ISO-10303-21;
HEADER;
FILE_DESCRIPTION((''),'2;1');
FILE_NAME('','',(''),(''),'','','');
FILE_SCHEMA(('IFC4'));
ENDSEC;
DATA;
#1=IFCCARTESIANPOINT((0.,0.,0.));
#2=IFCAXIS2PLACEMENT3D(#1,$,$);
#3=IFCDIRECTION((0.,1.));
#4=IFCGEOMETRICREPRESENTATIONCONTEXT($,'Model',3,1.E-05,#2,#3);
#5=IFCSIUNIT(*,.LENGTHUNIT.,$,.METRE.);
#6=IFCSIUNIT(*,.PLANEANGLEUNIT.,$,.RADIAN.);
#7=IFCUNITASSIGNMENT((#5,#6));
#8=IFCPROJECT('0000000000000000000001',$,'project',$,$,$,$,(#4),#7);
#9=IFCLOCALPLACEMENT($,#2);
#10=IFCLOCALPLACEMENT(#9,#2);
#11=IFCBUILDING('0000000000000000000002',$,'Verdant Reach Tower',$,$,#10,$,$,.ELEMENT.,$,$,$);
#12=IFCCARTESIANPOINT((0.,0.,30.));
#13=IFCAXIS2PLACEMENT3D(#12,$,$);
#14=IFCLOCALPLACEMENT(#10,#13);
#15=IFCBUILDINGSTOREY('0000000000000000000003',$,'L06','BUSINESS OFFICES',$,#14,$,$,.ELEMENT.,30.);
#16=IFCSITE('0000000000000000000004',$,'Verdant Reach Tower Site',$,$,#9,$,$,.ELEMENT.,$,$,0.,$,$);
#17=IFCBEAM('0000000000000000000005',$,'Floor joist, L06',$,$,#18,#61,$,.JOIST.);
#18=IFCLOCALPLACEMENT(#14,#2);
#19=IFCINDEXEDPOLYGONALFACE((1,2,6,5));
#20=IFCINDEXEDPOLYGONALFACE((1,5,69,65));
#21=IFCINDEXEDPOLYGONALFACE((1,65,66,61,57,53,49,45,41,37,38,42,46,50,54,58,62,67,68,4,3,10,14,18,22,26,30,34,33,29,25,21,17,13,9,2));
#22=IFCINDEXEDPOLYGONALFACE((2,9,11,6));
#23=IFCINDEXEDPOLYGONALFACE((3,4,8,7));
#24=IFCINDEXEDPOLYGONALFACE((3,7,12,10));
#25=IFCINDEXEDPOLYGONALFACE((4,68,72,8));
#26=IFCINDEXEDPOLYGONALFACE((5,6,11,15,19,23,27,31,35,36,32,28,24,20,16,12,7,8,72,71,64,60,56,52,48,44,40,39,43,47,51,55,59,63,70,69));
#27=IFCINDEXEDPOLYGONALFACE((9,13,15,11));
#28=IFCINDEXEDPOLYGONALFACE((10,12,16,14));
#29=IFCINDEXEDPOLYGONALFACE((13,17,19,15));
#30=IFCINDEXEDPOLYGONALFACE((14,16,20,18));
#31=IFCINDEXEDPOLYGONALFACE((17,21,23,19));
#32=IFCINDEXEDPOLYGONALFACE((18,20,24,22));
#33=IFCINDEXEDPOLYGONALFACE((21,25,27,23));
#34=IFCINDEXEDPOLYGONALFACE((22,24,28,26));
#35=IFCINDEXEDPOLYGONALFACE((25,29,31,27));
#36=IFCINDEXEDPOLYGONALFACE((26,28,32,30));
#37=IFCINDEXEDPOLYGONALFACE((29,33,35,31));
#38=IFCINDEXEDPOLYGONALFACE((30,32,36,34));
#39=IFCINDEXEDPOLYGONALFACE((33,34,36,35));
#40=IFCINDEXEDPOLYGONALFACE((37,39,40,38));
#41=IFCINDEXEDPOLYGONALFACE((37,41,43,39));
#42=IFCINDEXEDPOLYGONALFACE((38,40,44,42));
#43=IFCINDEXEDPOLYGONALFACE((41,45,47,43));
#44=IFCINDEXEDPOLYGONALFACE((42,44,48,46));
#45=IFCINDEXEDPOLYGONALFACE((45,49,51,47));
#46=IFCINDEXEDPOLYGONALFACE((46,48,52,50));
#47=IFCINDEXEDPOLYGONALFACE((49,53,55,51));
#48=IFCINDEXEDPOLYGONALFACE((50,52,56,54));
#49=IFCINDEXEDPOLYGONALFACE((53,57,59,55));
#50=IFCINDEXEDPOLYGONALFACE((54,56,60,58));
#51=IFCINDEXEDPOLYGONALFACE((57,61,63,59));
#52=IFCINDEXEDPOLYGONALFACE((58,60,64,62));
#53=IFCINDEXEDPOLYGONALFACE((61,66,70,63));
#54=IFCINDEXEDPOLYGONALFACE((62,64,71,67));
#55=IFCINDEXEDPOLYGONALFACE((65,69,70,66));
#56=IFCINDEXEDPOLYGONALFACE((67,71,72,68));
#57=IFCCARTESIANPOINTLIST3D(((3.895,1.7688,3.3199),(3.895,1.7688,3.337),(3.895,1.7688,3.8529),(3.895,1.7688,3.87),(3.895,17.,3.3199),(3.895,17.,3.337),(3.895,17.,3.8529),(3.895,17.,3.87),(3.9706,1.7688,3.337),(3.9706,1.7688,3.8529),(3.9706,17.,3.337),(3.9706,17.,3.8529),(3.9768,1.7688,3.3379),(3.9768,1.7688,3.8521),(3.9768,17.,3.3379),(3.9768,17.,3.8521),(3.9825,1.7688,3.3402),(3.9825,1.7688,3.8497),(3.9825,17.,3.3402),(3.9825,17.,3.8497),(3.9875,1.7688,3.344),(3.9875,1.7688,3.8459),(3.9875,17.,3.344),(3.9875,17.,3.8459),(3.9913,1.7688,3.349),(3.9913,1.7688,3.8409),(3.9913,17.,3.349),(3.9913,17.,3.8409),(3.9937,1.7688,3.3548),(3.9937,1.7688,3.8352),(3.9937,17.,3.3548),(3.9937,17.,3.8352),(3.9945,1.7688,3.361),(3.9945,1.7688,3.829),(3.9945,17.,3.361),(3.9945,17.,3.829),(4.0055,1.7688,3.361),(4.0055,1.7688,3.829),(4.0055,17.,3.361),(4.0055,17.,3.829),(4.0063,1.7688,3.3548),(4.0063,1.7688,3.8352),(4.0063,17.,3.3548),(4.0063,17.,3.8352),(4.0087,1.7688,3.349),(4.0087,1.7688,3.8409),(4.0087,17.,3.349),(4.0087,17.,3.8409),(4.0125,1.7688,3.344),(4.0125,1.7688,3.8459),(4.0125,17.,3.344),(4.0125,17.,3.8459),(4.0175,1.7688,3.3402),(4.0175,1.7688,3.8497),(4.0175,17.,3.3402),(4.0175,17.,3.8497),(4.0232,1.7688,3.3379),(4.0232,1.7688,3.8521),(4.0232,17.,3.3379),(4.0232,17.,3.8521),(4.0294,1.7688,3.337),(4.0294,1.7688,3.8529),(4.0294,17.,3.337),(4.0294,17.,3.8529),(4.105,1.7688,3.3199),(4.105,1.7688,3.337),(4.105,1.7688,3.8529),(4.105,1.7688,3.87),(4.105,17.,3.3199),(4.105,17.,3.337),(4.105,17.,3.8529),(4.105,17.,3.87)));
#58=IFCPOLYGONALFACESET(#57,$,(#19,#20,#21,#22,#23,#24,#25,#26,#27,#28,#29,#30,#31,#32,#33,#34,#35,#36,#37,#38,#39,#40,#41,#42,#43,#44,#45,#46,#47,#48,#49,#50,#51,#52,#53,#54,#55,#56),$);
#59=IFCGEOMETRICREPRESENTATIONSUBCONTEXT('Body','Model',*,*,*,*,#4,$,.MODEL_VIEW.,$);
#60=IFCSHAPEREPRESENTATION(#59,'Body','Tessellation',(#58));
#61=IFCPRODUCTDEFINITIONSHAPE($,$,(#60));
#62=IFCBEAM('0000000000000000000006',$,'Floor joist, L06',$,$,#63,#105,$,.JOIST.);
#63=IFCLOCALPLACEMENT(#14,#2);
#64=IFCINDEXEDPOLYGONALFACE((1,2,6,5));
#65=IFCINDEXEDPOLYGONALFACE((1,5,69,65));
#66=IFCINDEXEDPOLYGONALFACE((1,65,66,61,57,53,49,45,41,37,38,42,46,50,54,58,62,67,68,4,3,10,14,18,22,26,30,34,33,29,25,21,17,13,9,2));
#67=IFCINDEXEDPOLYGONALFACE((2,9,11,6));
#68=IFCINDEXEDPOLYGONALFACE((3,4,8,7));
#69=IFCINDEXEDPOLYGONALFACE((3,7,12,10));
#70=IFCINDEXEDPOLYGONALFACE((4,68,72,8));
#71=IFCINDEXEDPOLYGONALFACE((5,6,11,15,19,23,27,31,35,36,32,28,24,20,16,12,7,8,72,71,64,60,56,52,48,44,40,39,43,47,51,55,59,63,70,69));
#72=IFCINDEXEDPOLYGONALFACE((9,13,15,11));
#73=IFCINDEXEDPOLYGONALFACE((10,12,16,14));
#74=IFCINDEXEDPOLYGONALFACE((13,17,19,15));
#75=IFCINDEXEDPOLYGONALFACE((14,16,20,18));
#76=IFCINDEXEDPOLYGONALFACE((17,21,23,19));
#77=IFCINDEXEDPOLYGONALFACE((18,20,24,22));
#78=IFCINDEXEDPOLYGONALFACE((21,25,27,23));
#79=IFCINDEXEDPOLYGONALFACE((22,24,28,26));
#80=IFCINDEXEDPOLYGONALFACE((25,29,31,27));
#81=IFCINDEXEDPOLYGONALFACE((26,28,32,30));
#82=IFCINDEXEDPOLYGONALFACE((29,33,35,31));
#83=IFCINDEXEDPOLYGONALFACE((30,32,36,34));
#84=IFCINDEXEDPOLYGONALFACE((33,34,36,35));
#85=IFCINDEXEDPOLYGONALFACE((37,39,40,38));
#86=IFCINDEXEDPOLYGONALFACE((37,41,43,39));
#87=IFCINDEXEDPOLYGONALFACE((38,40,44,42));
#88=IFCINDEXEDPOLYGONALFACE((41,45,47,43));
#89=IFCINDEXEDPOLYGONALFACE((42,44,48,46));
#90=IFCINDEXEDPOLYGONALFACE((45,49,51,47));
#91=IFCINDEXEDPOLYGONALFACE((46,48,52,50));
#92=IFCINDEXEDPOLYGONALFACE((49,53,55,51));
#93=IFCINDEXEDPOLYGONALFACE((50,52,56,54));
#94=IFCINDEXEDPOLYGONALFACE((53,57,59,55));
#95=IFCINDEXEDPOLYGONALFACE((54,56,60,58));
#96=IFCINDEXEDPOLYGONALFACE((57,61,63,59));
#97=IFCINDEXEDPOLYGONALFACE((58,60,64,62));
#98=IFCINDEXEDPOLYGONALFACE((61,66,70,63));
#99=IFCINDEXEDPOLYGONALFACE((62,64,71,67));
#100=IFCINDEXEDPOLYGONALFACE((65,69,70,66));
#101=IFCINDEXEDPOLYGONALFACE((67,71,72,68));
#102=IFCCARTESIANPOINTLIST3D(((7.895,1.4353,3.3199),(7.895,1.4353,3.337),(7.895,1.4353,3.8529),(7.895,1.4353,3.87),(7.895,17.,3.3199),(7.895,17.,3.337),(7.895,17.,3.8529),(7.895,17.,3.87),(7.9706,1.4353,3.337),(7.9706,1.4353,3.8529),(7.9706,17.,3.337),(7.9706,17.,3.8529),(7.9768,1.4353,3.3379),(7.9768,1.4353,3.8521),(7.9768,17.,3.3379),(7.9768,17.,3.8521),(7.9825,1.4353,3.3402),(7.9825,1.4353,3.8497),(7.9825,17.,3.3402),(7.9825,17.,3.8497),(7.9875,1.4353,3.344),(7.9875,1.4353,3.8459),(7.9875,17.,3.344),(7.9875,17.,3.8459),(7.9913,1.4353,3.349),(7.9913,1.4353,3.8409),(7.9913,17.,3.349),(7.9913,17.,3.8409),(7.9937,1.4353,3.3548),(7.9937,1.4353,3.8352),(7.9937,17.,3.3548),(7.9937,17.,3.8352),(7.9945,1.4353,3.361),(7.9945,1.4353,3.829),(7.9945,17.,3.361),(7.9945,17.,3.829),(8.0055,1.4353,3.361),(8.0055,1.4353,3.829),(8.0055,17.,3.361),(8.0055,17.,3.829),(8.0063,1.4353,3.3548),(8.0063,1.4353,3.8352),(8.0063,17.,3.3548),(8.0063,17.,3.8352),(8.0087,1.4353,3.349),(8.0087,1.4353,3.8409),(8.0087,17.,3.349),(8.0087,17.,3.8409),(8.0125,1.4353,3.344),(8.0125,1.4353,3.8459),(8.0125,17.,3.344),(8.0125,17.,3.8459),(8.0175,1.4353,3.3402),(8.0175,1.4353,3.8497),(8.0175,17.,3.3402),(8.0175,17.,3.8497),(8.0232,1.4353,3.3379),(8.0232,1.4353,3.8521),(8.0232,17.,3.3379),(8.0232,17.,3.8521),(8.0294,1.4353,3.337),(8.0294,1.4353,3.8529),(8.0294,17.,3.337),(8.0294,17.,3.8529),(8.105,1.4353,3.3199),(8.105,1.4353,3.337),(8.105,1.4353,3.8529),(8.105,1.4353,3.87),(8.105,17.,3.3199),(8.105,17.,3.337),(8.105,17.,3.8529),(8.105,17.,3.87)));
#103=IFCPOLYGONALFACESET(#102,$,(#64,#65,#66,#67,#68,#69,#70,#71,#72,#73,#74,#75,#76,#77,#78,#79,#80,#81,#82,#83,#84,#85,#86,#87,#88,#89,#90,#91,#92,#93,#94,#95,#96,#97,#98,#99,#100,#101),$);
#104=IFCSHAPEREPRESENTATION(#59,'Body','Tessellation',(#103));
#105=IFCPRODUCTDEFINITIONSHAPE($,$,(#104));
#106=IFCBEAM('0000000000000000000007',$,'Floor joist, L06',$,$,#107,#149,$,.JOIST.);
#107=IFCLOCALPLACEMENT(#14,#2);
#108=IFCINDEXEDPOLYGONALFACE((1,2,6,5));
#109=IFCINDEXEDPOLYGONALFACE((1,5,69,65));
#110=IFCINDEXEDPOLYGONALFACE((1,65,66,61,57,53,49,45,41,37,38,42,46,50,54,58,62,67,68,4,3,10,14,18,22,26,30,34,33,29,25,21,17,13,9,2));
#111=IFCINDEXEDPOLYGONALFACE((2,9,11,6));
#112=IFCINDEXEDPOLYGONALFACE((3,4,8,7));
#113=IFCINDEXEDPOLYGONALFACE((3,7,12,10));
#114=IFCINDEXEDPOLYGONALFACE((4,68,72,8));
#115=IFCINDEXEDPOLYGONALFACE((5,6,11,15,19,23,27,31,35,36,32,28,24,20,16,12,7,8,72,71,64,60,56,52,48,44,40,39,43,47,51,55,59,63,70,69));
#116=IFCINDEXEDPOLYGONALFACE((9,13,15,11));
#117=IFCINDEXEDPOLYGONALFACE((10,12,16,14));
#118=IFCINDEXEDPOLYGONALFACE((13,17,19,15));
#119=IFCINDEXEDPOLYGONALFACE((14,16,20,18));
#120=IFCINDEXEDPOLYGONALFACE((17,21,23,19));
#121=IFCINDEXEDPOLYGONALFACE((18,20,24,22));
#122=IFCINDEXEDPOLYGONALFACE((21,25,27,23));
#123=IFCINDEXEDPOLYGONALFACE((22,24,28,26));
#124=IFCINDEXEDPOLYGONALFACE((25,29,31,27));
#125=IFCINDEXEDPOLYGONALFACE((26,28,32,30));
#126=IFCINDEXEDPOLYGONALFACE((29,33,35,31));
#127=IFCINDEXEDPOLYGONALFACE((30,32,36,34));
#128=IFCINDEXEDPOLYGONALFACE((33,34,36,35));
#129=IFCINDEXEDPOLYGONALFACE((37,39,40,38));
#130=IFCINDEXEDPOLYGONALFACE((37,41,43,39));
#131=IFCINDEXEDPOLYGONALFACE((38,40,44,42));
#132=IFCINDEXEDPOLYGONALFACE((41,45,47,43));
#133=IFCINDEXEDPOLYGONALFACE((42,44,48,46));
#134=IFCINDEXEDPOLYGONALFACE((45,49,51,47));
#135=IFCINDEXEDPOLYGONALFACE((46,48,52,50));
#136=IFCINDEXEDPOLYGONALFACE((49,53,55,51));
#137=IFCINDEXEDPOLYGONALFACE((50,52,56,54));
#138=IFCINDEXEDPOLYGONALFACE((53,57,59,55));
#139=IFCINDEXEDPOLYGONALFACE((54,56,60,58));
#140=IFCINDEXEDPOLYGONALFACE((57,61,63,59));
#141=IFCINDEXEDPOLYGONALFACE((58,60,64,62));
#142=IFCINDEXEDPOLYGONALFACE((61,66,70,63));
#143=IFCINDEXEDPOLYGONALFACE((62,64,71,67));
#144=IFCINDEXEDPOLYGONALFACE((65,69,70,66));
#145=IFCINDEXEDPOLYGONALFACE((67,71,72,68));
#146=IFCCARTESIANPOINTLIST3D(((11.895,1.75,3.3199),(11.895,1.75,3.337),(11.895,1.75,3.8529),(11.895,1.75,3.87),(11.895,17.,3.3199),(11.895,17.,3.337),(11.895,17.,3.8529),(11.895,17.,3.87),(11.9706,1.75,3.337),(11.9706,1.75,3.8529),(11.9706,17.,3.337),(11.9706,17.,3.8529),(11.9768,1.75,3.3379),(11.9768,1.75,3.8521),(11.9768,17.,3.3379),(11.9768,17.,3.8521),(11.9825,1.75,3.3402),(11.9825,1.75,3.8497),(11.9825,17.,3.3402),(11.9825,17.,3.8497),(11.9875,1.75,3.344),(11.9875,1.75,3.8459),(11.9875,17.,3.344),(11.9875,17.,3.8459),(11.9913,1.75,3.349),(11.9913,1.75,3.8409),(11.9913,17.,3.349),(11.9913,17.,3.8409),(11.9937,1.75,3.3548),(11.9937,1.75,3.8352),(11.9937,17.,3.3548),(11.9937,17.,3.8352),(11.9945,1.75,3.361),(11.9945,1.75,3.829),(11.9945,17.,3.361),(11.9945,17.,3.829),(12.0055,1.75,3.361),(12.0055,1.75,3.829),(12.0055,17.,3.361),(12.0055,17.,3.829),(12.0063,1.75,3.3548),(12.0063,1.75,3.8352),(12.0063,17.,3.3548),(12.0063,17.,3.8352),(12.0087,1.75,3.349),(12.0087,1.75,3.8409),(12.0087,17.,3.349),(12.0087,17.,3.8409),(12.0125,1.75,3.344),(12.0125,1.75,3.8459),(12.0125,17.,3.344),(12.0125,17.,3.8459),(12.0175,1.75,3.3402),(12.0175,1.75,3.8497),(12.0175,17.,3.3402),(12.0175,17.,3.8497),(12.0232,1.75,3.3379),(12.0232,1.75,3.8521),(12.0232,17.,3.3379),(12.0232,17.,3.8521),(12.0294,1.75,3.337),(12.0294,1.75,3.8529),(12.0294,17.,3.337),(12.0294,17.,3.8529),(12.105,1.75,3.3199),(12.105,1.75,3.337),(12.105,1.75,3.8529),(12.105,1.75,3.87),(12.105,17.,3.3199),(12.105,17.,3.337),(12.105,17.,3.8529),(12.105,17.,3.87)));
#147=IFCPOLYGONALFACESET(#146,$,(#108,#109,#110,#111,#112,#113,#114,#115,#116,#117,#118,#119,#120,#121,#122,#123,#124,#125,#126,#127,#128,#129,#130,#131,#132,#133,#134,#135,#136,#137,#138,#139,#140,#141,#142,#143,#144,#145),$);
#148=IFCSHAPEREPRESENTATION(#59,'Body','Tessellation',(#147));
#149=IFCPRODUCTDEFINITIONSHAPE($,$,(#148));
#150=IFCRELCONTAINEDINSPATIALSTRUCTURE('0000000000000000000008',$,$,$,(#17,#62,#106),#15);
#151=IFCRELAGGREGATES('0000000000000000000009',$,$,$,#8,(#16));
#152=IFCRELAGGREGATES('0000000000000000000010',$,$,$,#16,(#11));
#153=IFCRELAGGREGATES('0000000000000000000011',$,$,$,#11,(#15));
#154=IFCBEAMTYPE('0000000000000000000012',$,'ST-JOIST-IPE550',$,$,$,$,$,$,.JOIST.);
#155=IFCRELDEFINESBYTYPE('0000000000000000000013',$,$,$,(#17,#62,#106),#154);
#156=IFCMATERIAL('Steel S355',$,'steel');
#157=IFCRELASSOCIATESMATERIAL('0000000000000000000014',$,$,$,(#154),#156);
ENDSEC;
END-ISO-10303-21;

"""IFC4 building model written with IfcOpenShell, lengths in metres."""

from ifc_helpers import new_model, si_unit, direction, frame, origin, origin_2d, place, context, subcontext, project, spatial, i_section, extrude, material, material_profile, profile_set, type_object, element, save


model = new_model("IFC4")

# Units and contexts
model_context = context("Model", 3, precision=1e-05, world=origin(), true_north=direction((0.0, 1.0)))
body_context = subcontext(model_context, "Body", "Model", "MODEL_VIEW")
ifc_project = project(units=[si_unit("LENGTHUNIT", "METRE"), si_unit("PLANEANGLEUNIT", "RADIAN")], contexts=[model_context])

# Site, building, storey
site_placement = place(None, origin())
site = spatial("IfcSite", under=ifc_project, at=site_placement, Name="Verdant Reach Tower Site", CompositionType="ELEMENT", RefElevation=0.0)
building_placement = place(site_placement, origin())
building = spatial("IfcBuilding", under=site, at=building_placement, Name="Verdant Reach Tower", CompositionType="ELEMENT")
storey_placement = place(building_placement, frame((0.0, 0.0, 30.0)))
storey = spatial("IfcBuildingStorey", under=building, at=storey_placement, Name="L06", Description="BUSINESS OFFICES", CompositionType="ELEMENT", Elevation=30.0)

# Beams
ifc_material_1 = material(Name="Steel S355", Category="steel")
ifc_material_profile = material_profile(ifc_material_1, i_section(OverallWidth=0.21, OverallDepth=0.55, WebThickness=0.011, FlangeThickness=0.0171, FilletRadius=0.0239, at=origin_2d()), Name="IPE 550")
ifc_profile_set = profile_set([ifc_material_profile], Name="Steel S355")
beam_type = type_object("IfcBeamType", Name="ST-JOIST-IPE550", PredefinedType="JOIST", material=ifc_profile_set)
beam_1_placement = place(storey_placement, frame((4.0, 17.0, 3.595), z_axis=(0.0, -1.0, 0.0), x_axis=(1.0, 0.0, 0.0)))
element("IfcBeam", 1, at=beam_1_placement, inside=storey, type_object=beam_type, Name="Floor joist, L06", PredefinedType="JOIST", context=body_context, shape_type="SweptSolid", body=[
    extrude(i_section(OverallWidth=0.21, OverallDepth=0.55, WebThickness=0.011, FlangeThickness=0.0171, FilletRadius=0.0239, at=origin_2d()), origin(), (0.0, 0.0, 1.0), 15.2312),
])
beam_2_placement = place(storey_placement, frame((8.0, 17.0, 3.595), z_axis=(0.0, -1.0, 0.0), x_axis=(1.0, 0.0, 0.0)))
element("IfcBeam", 2, at=beam_2_placement, inside=storey, type_object=beam_type, Name="Floor joist, L06", PredefinedType="JOIST", context=body_context, shape_type="SweptSolid", body=[
    extrude(i_section(OverallWidth=0.21, OverallDepth=0.55, WebThickness=0.011, FlangeThickness=0.0171, FilletRadius=0.0239, at=origin_2d()), origin(), (0.0, 0.0, 1.0), 15.5647),
])
beam_3_placement = place(storey_placement, frame((12.0, 17.0, 3.595), z_axis=(0.0, -1.0, 0.0), x_axis=(1.0, 0.0, 0.0)))
element("IfcBeam", 3, at=beam_3_placement, inside=storey, type_object=beam_type, Name="Floor joist, L06", PredefinedType="JOIST", context=body_context, shape_type="SweptSolid", body=[
    extrude(i_section(OverallWidth=0.21, OverallDepth=0.55, WebThickness=0.011, FlangeThickness=0.0171, FilletRadius=0.0239, at=origin_2d()), origin(), (0.0, 0.0, 1.0), 15.25),
])

save(model, "model.ifc")
